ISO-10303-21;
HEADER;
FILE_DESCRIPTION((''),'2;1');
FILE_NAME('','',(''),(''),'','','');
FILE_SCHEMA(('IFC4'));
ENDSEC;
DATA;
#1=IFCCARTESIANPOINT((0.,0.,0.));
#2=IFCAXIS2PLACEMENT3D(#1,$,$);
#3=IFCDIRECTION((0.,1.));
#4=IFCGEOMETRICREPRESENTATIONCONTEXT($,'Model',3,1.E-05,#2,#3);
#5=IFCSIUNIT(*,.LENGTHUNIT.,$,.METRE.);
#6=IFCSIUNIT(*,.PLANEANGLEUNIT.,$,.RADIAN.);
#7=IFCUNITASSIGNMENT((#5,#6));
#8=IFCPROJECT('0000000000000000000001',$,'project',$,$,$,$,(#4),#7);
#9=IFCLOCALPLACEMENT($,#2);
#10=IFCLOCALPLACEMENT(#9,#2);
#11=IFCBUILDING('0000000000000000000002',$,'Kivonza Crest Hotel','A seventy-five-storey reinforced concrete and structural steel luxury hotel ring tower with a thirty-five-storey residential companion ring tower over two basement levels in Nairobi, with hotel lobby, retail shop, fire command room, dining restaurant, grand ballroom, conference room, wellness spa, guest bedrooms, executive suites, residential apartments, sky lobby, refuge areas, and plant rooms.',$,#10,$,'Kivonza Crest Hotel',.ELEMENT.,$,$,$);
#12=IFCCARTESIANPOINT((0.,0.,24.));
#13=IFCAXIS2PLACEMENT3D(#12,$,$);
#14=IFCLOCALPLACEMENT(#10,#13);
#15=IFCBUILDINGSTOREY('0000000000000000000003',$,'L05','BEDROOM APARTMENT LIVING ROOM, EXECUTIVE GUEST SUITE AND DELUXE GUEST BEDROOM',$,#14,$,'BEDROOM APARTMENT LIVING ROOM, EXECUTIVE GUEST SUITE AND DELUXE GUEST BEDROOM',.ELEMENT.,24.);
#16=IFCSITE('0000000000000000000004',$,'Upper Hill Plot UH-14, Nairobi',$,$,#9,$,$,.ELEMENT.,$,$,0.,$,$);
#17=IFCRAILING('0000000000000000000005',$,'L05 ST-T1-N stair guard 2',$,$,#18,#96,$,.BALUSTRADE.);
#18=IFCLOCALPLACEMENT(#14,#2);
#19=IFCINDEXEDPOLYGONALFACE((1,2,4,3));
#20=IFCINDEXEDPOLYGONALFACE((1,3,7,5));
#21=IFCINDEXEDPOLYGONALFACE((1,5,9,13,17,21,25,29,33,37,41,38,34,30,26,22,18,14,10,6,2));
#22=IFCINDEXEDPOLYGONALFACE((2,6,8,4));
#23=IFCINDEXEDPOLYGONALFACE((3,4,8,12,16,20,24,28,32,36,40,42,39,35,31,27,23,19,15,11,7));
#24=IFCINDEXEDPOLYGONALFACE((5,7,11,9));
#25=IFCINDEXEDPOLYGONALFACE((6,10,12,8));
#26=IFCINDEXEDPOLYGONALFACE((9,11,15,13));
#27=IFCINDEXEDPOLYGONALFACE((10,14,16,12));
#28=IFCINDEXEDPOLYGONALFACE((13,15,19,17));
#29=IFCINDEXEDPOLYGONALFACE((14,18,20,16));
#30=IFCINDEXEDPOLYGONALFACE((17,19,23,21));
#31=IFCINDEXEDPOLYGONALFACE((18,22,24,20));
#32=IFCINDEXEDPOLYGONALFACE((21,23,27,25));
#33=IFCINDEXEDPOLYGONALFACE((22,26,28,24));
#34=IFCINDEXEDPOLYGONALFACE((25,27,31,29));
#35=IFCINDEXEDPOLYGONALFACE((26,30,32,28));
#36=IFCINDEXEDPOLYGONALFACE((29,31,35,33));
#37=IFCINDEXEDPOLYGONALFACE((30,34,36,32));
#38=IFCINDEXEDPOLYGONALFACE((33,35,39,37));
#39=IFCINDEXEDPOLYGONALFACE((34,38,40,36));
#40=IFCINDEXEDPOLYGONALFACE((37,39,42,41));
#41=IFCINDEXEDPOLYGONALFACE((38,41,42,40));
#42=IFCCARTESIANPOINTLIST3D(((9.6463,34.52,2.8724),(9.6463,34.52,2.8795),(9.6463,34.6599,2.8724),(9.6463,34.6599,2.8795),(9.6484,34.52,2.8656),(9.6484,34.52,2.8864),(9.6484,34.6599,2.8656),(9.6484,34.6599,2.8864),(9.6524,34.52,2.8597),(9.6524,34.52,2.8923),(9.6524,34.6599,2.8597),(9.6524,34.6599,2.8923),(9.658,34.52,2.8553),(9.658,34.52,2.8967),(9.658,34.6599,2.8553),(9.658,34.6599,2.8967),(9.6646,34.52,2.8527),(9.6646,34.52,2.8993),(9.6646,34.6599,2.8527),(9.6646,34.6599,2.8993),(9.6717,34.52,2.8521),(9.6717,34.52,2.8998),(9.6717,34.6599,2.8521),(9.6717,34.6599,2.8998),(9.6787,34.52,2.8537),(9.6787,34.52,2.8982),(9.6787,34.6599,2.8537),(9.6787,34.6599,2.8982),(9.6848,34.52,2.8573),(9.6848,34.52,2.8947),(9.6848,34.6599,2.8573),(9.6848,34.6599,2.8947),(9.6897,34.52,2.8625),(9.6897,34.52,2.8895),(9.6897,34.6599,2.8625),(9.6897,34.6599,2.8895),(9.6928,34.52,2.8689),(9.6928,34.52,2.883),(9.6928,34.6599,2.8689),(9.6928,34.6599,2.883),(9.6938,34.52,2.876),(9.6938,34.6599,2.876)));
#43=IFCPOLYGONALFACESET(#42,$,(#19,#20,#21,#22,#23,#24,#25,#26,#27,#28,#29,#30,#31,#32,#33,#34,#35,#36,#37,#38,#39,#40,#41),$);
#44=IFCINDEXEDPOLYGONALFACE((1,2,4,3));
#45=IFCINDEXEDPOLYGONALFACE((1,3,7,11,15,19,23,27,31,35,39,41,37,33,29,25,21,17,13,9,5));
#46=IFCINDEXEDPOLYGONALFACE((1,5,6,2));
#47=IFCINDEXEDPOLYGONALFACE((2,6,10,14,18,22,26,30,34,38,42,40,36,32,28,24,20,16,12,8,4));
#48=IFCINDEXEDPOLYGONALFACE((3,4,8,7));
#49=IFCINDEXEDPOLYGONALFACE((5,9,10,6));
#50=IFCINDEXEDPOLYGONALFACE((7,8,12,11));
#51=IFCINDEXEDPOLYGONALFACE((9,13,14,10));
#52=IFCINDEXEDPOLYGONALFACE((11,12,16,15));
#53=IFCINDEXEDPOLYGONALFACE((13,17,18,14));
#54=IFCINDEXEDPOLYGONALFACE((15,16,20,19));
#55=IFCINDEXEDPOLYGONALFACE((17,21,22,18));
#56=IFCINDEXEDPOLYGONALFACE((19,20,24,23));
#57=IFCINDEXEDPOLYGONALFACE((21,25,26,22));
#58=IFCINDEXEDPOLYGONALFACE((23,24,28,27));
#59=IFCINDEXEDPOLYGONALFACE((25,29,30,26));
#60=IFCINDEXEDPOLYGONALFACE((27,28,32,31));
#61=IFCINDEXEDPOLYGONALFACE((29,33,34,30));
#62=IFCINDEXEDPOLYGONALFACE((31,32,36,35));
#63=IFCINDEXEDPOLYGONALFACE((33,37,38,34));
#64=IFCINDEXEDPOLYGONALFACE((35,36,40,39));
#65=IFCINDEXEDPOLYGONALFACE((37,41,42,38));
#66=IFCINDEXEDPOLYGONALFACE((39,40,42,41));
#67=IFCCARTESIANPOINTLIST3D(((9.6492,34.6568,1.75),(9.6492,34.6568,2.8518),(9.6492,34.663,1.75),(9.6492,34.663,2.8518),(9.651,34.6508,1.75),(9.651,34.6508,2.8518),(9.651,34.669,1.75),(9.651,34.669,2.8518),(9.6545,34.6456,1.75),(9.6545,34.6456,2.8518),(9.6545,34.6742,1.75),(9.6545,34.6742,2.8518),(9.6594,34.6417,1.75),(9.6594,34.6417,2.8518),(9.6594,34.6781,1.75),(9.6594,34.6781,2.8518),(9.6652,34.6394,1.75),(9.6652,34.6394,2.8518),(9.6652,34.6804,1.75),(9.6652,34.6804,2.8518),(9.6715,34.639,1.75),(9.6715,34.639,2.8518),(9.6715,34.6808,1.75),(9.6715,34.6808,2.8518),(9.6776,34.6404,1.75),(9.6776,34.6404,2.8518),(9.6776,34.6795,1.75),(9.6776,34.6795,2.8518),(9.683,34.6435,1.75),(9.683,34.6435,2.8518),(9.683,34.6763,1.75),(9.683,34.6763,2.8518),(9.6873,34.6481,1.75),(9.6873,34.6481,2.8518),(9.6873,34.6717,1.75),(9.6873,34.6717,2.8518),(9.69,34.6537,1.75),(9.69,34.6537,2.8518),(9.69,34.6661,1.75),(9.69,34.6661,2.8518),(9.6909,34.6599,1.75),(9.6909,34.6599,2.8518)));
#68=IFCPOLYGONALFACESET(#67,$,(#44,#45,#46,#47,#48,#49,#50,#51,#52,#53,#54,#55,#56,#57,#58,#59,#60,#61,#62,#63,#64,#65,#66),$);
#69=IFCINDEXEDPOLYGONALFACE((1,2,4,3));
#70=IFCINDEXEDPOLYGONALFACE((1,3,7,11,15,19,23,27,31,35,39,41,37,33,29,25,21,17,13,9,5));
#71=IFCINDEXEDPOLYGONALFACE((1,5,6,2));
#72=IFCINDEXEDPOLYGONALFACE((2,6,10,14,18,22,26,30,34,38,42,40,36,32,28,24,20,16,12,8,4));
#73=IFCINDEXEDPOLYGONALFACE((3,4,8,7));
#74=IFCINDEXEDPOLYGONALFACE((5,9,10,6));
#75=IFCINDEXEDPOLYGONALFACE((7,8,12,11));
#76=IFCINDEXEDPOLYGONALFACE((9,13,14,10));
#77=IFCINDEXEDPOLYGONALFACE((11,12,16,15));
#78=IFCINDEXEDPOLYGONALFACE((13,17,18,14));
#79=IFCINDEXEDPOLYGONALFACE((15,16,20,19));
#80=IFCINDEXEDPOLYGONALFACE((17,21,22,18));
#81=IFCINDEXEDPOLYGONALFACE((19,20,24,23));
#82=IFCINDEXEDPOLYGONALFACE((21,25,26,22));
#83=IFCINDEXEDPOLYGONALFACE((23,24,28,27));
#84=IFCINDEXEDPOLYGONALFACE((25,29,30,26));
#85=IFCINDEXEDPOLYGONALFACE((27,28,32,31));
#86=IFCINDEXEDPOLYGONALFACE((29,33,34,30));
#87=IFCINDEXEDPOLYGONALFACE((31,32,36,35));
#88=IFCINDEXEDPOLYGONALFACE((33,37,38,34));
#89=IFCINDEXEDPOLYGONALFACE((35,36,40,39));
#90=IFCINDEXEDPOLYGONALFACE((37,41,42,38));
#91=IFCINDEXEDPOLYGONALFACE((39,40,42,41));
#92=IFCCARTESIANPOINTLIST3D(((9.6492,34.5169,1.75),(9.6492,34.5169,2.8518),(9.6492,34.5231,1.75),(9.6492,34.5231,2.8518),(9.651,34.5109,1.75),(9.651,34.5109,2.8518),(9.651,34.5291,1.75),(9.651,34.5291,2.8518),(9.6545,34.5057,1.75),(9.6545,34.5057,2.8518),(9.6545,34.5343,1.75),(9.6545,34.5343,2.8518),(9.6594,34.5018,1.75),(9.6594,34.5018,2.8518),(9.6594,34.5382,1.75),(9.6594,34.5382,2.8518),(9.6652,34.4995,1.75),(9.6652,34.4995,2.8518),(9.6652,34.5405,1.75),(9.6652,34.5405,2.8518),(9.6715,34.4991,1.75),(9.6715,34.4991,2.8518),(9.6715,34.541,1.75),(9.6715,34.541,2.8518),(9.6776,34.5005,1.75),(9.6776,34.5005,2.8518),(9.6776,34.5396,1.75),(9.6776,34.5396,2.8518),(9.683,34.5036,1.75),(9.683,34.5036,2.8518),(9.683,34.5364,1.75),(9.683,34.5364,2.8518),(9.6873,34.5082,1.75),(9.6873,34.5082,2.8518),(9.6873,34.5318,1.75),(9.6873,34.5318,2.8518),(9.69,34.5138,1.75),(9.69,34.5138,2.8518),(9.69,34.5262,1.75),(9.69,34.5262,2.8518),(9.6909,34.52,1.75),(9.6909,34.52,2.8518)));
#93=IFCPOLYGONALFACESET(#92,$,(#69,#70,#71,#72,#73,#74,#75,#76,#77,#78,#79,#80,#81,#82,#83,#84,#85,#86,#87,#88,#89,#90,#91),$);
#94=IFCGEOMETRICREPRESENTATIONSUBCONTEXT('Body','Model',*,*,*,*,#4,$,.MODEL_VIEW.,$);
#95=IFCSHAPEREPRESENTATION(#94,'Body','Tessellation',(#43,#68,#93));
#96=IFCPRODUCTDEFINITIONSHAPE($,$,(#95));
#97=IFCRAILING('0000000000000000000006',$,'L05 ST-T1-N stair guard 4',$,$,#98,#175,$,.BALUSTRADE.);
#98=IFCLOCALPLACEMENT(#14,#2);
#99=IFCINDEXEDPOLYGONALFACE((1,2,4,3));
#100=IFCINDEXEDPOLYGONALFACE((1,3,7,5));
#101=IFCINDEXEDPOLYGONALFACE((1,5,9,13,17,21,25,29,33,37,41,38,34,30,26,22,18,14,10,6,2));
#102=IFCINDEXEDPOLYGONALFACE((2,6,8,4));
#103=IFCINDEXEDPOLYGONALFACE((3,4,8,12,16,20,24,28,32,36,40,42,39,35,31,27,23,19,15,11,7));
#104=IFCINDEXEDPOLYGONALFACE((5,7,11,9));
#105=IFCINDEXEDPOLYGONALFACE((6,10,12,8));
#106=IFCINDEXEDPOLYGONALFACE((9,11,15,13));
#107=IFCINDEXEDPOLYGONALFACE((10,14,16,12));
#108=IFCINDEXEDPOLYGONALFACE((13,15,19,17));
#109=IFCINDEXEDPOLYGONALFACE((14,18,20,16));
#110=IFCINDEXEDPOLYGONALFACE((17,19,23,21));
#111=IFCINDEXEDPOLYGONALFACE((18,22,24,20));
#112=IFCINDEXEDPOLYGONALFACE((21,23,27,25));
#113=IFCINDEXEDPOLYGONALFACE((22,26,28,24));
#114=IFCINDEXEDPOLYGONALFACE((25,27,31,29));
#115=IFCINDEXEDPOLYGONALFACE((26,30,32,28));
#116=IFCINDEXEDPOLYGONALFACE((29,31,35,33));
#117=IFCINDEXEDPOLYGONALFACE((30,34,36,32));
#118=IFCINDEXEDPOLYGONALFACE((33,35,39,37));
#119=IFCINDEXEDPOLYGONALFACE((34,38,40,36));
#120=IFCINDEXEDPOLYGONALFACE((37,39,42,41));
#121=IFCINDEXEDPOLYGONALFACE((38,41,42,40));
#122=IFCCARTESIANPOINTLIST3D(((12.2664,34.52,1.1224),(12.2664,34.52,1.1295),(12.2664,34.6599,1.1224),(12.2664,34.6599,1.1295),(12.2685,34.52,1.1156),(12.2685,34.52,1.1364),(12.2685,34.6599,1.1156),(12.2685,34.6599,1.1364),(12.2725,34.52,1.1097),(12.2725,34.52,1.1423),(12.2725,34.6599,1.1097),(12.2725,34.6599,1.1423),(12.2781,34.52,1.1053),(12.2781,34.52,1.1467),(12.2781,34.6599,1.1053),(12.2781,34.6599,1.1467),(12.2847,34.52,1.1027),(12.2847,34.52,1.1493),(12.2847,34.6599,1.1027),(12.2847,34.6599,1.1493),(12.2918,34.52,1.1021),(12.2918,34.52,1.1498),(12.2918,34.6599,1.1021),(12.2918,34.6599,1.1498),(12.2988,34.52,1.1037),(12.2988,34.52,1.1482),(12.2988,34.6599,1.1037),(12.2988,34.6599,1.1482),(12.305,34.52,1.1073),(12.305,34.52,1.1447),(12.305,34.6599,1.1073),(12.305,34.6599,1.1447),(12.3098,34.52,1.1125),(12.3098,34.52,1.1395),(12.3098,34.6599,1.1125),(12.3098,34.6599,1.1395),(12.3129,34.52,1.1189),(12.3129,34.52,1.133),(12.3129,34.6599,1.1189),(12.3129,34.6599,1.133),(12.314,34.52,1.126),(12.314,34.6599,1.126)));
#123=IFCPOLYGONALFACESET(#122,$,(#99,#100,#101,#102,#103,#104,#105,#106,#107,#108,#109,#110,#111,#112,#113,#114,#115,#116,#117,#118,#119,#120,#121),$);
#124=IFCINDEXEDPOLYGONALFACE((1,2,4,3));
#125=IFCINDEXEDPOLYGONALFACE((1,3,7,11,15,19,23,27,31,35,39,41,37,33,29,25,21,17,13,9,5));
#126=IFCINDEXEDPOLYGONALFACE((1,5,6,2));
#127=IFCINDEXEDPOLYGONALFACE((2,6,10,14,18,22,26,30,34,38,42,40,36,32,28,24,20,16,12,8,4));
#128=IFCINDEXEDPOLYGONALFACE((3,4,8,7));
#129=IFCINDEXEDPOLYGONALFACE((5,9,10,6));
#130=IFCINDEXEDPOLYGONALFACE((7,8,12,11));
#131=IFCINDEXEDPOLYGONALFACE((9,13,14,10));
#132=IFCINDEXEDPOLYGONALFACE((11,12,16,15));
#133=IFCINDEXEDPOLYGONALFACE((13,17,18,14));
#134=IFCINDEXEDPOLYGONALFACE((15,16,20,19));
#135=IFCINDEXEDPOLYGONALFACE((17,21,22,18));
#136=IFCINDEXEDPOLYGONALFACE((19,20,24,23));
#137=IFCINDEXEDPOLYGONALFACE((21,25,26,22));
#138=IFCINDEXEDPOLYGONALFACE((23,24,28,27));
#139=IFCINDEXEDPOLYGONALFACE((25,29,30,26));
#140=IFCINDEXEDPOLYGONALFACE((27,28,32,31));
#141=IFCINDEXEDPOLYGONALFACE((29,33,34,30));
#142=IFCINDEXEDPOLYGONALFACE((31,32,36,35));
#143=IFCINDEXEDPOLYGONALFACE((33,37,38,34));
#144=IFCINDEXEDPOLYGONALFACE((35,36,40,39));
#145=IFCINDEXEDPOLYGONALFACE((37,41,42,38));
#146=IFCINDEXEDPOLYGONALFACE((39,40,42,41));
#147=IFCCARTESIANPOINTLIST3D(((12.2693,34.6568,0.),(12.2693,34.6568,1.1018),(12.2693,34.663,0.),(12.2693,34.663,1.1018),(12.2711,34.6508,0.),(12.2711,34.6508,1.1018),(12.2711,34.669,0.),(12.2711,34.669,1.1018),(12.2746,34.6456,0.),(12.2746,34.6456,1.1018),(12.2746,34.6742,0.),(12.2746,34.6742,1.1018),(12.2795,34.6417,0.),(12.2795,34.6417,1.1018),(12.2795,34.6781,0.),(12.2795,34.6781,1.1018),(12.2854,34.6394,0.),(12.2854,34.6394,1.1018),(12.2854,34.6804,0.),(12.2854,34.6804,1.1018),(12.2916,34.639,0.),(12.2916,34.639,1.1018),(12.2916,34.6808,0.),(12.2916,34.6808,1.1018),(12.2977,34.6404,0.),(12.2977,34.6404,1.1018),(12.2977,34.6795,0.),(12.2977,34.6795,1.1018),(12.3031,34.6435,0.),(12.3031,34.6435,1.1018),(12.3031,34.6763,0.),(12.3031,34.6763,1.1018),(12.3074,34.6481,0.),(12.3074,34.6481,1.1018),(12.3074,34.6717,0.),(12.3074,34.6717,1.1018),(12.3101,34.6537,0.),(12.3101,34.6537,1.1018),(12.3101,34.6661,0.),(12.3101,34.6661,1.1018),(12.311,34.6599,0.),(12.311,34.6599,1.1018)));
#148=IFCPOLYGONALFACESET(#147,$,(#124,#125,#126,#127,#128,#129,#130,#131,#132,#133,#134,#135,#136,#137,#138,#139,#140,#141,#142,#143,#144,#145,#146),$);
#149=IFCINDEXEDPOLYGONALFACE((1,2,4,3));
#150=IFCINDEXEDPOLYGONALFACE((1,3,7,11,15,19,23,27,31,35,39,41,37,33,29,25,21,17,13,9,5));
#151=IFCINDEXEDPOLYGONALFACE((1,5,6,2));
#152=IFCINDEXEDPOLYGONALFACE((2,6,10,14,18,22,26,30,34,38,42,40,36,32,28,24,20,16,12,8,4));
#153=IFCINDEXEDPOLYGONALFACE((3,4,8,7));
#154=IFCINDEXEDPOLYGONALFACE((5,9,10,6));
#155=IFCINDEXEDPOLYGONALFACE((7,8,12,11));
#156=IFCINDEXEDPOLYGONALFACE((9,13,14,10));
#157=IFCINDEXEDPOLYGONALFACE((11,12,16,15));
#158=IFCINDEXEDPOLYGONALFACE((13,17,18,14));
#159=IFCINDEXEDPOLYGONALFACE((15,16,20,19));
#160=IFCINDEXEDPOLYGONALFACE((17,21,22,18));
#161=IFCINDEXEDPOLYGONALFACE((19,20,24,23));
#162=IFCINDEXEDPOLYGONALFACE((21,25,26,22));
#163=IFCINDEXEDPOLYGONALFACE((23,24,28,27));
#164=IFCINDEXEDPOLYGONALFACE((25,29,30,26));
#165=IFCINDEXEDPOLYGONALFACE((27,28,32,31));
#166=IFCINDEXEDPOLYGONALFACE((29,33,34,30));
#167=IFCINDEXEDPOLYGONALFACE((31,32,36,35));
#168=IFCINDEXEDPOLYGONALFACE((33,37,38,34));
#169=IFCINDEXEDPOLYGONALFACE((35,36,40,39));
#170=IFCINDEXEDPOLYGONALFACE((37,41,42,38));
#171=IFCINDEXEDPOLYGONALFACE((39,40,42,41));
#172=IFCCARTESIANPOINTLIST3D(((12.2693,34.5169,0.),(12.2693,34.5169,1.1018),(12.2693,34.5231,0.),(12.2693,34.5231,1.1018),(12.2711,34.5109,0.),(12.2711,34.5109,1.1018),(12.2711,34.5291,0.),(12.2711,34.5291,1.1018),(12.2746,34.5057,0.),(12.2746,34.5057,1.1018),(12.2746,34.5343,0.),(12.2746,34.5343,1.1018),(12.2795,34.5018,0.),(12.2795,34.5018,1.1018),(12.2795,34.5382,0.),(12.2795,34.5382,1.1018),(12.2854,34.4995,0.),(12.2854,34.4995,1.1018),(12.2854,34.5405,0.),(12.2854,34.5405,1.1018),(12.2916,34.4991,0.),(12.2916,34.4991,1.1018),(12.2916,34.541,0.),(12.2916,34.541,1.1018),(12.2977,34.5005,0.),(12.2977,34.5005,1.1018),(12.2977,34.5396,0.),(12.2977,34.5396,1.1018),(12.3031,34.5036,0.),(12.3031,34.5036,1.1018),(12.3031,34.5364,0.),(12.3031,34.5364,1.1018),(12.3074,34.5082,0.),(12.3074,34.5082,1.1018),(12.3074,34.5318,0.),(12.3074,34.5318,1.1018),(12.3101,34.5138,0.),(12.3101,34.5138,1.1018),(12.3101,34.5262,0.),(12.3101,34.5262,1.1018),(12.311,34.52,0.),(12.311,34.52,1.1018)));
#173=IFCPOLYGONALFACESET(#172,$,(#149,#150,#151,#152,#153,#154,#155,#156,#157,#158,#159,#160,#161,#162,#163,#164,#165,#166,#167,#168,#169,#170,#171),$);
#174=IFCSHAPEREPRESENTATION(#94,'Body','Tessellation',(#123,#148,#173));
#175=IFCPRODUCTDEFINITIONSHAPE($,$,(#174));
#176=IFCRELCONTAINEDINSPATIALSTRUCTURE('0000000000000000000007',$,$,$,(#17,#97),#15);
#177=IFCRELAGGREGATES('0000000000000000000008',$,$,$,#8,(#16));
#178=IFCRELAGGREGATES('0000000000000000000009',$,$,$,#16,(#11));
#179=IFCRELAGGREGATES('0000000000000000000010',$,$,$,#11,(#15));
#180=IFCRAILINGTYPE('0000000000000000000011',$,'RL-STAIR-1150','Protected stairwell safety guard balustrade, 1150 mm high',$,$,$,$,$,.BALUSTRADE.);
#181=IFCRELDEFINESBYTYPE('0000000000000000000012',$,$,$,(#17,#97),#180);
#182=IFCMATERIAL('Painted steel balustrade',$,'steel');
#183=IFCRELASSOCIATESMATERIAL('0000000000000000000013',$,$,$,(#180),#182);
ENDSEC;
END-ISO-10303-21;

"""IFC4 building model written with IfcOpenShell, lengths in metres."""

from ifc_helpers import new_model, si_unit, direction, frame, origin, origin_2d, place, context, subcontext, project, spatial, circle, extrude, material, type_object, element, save


model = new_model("IFC4")

# Units and contexts
model_context = context("Model", 3, precision=1e-05, world=origin(), true_north=direction((0.0, 1.0)))
body_context = subcontext(model_context, "Body", "Model", "MODEL_VIEW")
ifc_project = project(units=[si_unit("LENGTHUNIT", "METRE"), si_unit("PLANEANGLEUNIT", "RADIAN")], contexts=[model_context])

# Site, building, storey
site_placement = place(None, origin())
site = spatial("IfcSite", under=ifc_project, at=site_placement, Name="Upper Hill Plot UH-14, Nairobi", CompositionType="ELEMENT", RefElevation=0.0)
building_placement = place(site_placement, origin())
building = spatial("IfcBuilding", under=site, at=building_placement, Name="Kivonza Crest Hotel", Description="A seventy-five-storey reinforced concrete and structural steel luxury hotel ring tower with a thirty-five-storey residential companion ring tower over two basement levels in Nairobi, with hotel lobby, retail shop, fire command room, dining restaurant, grand ballroom, conference room, wellness spa, guest bedrooms, executive suites, residential apartments, sky lobby, refuge areas, and plant rooms.", LongName="Kivonza Crest Hotel", CompositionType="ELEMENT")
storey_placement = place(building_placement, frame((0.0, 0.0, 24.0)))
storey = spatial("IfcBuildingStorey", under=building, at=storey_placement, Name="L05", Description="BEDROOM APARTMENT LIVING ROOM, EXECUTIVE GUEST SUITE AND DELUXE GUEST BEDROOM", LongName="BEDROOM APARTMENT LIVING ROOM, EXECUTIVE GUEST SUITE AND DELUXE GUEST BEDROOM", CompositionType="ELEMENT", Elevation=24.0)

# Railings
ifc_material_1 = material(Name="Painted steel balustrade", Category="steel")
railing_type_1 = type_object("IfcRailingType", Name="RL-STAIR-1150", Description="Protected stairwell safety guard balustrade, 1150 mm high", PredefinedType="BALUSTRADE", material=ifc_material_1)
for number, where, name in (
    (1, (9.6699, 34.6599, 1.75), "L05 ST-T1-N stair guard 2"),
    (2, (12.29, 34.6599, 0.0), "L05 ST-T1-N stair guard 4"),
):
    element("IfcRailing", number, at=place(storey_placement, frame(where)), inside=storey, type_object=railing_type_1, Name=name, PredefinedType="BALUSTRADE", context=body_context, shape_type="SweptSolid", body=[
        extrude(circle(Radius=0.0239, at=origin_2d()), frame((0.0, 0.0, 1.126), z_axis=(0.0, -1.0, 0.0), x_axis=(1.0, 0.0, 0.0)), (0.0, 0.0, 1.0), 0.1399),
        extrude(circle(Radius=0.021, at=origin_2d()), origin(), (0.0, 0.0, 1.0), 1.1018),
        extrude(circle(Radius=0.021, at=origin_2d()), frame((0.0, -0.1399, 0.0)), (0.0, 0.0, 1.0), 1.1018),
    ])

save(model, "model.ifc")
